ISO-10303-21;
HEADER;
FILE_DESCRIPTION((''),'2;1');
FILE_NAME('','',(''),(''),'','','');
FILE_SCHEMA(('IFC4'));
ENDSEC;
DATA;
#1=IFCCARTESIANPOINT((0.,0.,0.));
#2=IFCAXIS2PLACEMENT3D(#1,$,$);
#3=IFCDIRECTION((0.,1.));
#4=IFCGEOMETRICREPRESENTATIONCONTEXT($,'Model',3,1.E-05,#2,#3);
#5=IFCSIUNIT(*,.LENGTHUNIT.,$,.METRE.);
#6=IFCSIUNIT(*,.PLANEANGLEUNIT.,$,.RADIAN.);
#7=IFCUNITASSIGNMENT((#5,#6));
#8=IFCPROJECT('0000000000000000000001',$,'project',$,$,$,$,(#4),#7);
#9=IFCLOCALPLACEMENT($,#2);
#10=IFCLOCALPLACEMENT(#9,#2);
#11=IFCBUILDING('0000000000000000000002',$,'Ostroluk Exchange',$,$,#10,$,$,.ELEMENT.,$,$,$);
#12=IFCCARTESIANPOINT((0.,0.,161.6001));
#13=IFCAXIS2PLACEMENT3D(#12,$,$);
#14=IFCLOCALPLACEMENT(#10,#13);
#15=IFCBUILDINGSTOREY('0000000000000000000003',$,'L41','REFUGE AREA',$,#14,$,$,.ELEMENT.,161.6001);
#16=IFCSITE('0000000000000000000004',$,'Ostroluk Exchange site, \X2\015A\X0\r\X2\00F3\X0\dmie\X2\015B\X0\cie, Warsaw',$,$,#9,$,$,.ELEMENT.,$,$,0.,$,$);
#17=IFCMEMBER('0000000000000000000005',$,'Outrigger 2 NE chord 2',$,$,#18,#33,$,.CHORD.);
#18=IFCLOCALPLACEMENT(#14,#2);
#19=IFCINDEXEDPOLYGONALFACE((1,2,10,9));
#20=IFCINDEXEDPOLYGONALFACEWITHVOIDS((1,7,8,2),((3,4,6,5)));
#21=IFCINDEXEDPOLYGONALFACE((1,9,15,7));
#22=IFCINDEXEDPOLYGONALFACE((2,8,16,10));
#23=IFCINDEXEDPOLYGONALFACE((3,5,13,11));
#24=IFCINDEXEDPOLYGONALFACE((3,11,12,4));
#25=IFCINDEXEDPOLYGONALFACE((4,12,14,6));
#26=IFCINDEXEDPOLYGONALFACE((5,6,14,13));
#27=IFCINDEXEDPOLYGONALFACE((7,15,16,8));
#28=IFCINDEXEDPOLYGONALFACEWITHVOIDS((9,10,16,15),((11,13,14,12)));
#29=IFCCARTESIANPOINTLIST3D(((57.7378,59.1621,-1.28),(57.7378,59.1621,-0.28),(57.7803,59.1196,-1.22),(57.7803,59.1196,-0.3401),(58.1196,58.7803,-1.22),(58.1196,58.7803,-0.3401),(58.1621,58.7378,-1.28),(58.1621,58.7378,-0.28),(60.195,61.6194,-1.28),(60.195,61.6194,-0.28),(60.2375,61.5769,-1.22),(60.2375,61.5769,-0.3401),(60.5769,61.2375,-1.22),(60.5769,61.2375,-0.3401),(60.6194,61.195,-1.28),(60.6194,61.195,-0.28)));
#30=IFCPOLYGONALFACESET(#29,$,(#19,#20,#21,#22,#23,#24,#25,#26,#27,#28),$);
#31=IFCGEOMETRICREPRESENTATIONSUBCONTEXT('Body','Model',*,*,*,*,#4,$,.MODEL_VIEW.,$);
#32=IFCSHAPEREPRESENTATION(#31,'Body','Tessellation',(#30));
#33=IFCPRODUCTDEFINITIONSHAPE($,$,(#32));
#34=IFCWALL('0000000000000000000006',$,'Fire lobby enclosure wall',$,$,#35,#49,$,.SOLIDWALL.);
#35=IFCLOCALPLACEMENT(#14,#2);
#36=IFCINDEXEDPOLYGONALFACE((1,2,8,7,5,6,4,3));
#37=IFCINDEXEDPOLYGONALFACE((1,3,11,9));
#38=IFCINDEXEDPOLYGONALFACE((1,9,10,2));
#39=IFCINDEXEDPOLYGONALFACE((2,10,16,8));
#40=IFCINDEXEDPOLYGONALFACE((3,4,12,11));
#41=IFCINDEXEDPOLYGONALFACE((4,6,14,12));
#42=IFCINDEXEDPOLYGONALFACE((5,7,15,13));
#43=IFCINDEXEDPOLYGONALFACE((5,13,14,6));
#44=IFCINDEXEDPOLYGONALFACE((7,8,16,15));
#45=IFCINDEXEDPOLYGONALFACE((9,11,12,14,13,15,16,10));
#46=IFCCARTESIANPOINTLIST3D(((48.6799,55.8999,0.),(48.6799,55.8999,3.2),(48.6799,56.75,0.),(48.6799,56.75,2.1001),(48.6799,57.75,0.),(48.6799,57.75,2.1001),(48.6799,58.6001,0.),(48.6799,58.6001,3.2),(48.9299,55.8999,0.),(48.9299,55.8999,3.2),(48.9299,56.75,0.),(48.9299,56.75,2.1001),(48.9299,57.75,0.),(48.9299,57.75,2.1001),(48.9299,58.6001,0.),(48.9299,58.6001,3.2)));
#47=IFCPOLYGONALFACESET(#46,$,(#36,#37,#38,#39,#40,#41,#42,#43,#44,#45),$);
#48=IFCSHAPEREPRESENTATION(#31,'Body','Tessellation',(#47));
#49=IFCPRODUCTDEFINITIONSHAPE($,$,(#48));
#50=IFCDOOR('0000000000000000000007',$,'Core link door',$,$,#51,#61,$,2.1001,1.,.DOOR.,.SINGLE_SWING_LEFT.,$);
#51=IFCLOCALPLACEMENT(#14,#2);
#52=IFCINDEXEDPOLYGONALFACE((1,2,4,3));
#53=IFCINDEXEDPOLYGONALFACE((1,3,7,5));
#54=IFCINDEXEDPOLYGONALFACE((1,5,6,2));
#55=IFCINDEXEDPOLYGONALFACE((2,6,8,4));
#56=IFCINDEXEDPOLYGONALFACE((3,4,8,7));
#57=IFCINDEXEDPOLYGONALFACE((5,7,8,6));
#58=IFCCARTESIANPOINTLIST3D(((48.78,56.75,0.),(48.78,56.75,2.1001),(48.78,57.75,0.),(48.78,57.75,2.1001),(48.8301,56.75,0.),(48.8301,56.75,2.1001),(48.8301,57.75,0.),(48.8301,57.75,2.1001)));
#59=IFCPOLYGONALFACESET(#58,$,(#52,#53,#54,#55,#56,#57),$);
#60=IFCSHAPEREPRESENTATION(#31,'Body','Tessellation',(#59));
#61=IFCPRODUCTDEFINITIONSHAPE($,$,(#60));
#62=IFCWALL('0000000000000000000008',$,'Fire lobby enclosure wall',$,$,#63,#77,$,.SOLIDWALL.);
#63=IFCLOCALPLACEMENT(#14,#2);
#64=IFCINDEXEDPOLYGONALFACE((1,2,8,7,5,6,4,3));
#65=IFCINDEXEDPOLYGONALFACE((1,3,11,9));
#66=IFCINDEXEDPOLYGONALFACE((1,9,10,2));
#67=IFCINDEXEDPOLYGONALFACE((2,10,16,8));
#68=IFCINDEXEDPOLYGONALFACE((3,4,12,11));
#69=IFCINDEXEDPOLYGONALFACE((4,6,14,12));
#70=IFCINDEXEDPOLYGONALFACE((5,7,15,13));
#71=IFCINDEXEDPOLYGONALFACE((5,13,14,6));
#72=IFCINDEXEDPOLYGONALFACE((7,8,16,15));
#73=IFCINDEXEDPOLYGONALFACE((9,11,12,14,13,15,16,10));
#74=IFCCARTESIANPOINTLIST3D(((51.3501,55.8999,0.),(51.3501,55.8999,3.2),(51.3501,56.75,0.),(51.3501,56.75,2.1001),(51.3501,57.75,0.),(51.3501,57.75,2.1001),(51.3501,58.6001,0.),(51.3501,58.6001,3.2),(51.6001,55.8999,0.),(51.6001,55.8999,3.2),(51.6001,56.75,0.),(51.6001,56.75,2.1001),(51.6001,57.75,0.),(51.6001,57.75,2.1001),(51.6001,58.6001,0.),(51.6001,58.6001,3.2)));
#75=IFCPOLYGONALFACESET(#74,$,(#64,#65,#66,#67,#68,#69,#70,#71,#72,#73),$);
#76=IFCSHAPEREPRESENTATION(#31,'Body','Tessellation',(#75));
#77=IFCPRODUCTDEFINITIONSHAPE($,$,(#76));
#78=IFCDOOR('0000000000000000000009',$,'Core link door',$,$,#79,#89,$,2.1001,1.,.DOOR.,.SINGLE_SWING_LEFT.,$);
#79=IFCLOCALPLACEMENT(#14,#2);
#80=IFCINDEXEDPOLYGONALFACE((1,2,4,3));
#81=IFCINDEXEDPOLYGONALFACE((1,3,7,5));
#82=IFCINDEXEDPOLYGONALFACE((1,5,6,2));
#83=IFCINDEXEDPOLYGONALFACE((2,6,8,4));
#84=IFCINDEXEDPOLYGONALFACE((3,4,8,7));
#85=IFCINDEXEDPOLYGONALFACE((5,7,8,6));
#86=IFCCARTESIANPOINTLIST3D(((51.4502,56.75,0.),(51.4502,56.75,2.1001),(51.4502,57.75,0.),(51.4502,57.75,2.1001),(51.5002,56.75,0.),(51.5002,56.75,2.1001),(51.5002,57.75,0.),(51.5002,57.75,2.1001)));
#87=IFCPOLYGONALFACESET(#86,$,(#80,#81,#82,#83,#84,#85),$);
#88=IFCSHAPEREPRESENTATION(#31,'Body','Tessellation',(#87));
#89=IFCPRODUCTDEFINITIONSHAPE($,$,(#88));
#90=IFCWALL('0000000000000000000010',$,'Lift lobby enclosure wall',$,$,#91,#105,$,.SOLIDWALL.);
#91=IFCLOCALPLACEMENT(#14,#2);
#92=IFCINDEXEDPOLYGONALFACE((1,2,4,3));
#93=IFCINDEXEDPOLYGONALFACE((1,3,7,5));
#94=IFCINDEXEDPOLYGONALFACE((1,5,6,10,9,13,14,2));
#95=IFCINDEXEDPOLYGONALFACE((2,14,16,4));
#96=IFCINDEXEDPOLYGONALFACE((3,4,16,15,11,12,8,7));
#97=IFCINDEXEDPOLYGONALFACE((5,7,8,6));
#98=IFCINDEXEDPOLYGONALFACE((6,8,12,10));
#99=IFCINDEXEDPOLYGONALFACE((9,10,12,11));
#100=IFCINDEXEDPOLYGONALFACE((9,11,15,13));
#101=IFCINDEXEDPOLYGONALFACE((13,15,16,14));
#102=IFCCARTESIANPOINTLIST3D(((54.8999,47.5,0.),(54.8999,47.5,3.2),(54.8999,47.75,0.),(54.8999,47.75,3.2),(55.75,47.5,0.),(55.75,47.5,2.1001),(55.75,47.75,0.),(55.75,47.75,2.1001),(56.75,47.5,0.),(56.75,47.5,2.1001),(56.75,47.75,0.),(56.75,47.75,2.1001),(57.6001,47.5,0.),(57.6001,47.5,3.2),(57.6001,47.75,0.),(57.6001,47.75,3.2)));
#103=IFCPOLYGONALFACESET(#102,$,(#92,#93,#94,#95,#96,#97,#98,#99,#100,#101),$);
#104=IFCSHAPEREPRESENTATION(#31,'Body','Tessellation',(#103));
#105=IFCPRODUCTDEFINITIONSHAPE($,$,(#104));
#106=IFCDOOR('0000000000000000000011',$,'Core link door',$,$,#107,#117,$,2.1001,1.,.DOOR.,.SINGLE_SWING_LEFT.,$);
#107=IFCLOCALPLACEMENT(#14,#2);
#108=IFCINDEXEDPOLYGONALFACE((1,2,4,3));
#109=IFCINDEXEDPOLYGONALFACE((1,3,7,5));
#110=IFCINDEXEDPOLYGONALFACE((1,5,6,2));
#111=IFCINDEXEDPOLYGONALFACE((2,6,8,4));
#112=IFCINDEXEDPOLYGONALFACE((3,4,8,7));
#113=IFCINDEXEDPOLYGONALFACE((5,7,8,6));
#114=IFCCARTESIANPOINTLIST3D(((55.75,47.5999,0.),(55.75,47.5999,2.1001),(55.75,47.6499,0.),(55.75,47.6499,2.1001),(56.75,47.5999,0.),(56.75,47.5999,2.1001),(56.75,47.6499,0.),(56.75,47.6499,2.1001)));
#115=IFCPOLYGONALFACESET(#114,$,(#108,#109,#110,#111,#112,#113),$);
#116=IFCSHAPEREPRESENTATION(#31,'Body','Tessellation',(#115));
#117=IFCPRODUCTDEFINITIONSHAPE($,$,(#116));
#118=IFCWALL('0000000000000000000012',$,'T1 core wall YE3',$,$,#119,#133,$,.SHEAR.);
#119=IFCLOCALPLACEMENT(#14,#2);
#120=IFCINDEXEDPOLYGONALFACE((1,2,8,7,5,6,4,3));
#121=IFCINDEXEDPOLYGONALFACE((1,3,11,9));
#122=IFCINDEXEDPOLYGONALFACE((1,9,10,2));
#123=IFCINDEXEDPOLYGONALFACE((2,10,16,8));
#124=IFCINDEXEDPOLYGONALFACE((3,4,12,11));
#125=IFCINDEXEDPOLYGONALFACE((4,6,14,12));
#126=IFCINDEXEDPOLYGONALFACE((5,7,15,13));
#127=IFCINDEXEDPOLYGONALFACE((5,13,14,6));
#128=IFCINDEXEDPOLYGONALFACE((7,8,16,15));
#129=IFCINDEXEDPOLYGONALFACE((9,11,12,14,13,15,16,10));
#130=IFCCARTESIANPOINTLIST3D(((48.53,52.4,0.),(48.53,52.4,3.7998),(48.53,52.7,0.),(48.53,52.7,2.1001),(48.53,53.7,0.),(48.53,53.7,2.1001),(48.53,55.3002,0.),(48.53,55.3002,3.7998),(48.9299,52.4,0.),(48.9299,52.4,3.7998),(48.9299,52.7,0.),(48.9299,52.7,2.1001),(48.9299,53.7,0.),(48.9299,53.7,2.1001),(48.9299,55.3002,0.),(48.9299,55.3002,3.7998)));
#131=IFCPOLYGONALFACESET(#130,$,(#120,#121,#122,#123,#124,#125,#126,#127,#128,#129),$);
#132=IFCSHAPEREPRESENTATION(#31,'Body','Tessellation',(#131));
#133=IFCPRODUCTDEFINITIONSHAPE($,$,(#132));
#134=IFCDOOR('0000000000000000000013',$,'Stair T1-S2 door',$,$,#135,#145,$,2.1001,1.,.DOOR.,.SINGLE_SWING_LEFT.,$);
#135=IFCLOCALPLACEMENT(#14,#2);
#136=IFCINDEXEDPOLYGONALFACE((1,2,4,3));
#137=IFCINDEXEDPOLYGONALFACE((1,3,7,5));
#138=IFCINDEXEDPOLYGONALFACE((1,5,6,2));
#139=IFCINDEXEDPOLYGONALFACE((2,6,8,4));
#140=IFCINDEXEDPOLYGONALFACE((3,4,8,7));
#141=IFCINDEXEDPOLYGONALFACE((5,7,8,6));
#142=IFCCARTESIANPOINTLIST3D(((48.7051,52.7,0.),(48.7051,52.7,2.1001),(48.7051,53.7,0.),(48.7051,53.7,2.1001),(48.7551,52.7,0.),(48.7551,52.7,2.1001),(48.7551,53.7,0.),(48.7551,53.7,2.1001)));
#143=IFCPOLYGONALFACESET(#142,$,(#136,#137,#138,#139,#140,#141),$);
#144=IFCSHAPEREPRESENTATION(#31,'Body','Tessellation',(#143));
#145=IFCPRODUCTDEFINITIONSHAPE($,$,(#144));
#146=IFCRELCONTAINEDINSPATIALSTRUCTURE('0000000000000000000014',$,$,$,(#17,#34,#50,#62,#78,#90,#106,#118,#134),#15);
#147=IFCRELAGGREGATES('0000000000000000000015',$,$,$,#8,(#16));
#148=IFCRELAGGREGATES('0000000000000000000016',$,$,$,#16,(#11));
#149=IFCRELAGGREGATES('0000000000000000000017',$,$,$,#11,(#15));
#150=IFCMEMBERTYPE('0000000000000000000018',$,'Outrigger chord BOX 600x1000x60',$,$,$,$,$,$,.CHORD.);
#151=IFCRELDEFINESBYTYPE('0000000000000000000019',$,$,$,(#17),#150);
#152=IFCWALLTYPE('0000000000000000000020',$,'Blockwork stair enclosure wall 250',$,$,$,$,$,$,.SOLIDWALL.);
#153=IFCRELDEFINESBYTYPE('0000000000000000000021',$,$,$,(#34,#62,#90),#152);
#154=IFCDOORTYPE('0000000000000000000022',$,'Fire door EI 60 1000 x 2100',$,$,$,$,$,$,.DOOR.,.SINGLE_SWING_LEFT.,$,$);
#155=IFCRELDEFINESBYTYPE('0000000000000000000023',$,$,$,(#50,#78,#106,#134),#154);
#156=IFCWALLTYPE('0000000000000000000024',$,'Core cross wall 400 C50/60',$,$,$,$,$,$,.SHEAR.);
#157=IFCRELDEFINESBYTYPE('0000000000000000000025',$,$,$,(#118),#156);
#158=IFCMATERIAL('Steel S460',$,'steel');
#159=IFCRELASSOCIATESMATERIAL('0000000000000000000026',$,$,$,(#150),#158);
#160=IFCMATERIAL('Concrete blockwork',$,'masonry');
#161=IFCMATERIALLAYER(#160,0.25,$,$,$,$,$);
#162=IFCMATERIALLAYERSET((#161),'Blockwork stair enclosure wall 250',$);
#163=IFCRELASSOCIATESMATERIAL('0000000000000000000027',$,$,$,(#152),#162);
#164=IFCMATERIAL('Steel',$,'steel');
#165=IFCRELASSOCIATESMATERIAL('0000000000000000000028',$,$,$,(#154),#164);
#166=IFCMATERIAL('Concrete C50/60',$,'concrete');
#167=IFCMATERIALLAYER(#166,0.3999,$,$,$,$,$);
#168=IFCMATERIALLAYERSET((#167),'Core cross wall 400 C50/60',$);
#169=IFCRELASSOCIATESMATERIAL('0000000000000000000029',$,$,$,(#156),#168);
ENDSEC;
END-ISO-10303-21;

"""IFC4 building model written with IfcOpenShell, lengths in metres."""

from ifc_helpers import new_model, si_unit, direction, frame, frame_2d, origin, origin_2d, place, context, subcontext, project, spatial, rectangle, hollow_rectangle, extrude, material, layer, layer_set, material_profile, profile_set, type_object, element, fill, save


model = new_model("IFC4")

# Units and contexts
model_context = context("Model", 3, precision=1e-05, world=origin(), true_north=direction((0.0, 1.0)))
body_context = subcontext(model_context, "Body", "Model", "MODEL_VIEW")
ifc_project = project(units=[si_unit("LENGTHUNIT", "METRE"), si_unit("PLANEANGLEUNIT", "RADIAN")], contexts=[model_context])

# Site, building, storey
site_placement = place(None, origin())
site = spatial("IfcSite", under=ifc_project, at=site_placement, Name="Ostroluk Exchange site, Śródmieście, Warsaw", CompositionType="ELEMENT", RefElevation=0.0)
building_placement = place(site_placement, origin())
building = spatial("IfcBuilding", under=site, at=building_placement, Name="Ostroluk Exchange", CompositionType="ELEMENT")
storey_placement = place(building_placement, frame((0.0, 0.0, 161.6001)))
storey = spatial("IfcBuildingStorey", under=building, at=storey_placement, Name="L41", Description="REFUGE AREA", CompositionType="ELEMENT", Elevation=161.6001)

# Member
ifc_material_1 = material(Name="Steel S460", Category="steel")
ifc_material_profile_1 = material_profile(ifc_material_1, hollow_rectangle(XDim=0.6001, YDim=1.0, WallThickness=0.0601, at=origin_2d()), Name="BOX 600x1000x60")
ifc_profile_set_1 = profile_set([ifc_material_profile_1], Name="Steel S460")
member_type = type_object("IfcMemberType", Name="Outrigger chord BOX 600x1000x60", PredefinedType="CHORD", material=ifc_profile_set_1)
member_placement = place(storey_placement, frame((57.95, 58.95, -0.78), z_axis=(0.707107, 0.707107, 0.0), x_axis=(-0.707107, 0.707107, 0.0)))
element("IfcMember", 1, at=member_placement, inside=storey, type_object=member_type, Name="Outrigger 2 NE chord 2", PredefinedType="CHORD", context=body_context, shape_type="SweptSolid", body=[
    extrude(hollow_rectangle(XDim=0.6001, YDim=1.0, WallThickness=0.0601, at=origin_2d()), origin(), (0.0, 0.0, 1.0), 3.4751),
])

# Walls, openings, doors
ifc_material_2 = material(Name="Concrete blockwork", Category="masonry")
ifc_layer_1 = layer(ifc_material_2, 0.25)
ifc_layer_set_1 = layer_set([ifc_layer_1], Name="Blockwork stair enclosure wall 250")
wall_type_1 = type_object("IfcWallType", Name="Blockwork stair enclosure wall 250", PredefinedType="SOLIDWALL", material=ifc_layer_set_1)
wall_1_placement = place(storey_placement, frame((48.8049, 55.8999, 0.0), z_axis=(0.0, 0.0, 1.0), x_axis=(0.0, 1.0, 0.0)))
wall_1 = element("IfcWall", 2, at=wall_1_placement, inside=storey, type_object=wall_type_1, Name="Fire lobby enclosure wall", PredefinedType="SOLIDWALL", context=body_context, shape_type="SweptSolid", body=[
    extrude(rectangle(XDim=2.7002, YDim=0.25, at=frame_2d((1.3501, 0.0))), origin(), (0.0, 0.0, 1.0), 3.2),
])
opening_1_placement = place(wall_1_placement, frame((0.8501, 0.0, 0.0)))
opening_1 = element("IfcOpeningElement", 3, at=opening_1_placement, cuts=wall_1, PredefinedType="OPENING", context=body_context, shape_type="SweptSolid", body=[
    extrude(rectangle(XDim=1.0, YDim=2.1001, at=frame_2d((0.5, 1.05))), frame((0.0, 0.135, 0.0), z_axis=(0.0, -1.0, 0.0), x_axis=(1.0, 0.0, 0.0)), (0.0, 0.0, 1.0), 0.27),
])
ifc_material_3 = material(Name="Steel", Category="steel")
door_type_1 = type_object("IfcDoorType", Name="Fire door EI 60 1000 x 2100", OperationType="SINGLE_SWING_LEFT", PredefinedType="DOOR", material=ifc_material_3)
door_1_placement = place(opening_1_placement, origin())
door_1 = element("IfcDoor", 4, at=door_1_placement, inside=storey, type_object=door_type_1, Name="Core link door", OperationType="SINGLE_SWING_LEFT", OverallHeight=2.1001, OverallWidth=1.0, PredefinedType="DOOR", context=body_context, shape_type="SweptSolid", body=[
    extrude(rectangle(XDim=1.0, YDim=2.1001, at=frame_2d((0.5, 1.05))), frame((0.0, 0.0249, 0.0), z_axis=(0.0, -1.0, 0.0), x_axis=(1.0, 0.0, 0.0)), (0.0, 0.0, 1.0), 0.05),
])
fill(opening_1, door_1)
wall_2_placement = place(storey_placement, frame((51.4751, 55.8999, 0.0), z_axis=(0.0, 0.0, 1.0), x_axis=(0.0, 1.0, 0.0)))
wall_2 = element("IfcWall", 5, at=wall_2_placement, inside=storey, type_object=wall_type_1, Name="Fire lobby enclosure wall", PredefinedType="SOLIDWALL", context=body_context, shape_type="SweptSolid", body=[
    extrude(rectangle(XDim=2.7002, YDim=0.25, at=frame_2d((1.3501, 0.0))), origin(), (0.0, 0.0, 1.0), 3.2),
])
opening_2_placement = place(wall_2_placement, frame((0.8501, 0.0, 0.0)))
opening_2 = element("IfcOpeningElement", 6, at=opening_2_placement, cuts=wall_2, PredefinedType="OPENING", context=body_context, shape_type="SweptSolid", body=[
    extrude(rectangle(XDim=1.0, YDim=2.1001, at=frame_2d((0.5, 1.05))), frame((0.0, 0.135, 0.0), z_axis=(0.0, -1.0, 0.0), x_axis=(1.0, 0.0, 0.0)), (0.0, 0.0, 1.0), 0.27),
])
door_2_placement = place(opening_2_placement, origin())
door_2 = element("IfcDoor", 7, at=door_2_placement, inside=storey, type_object=door_type_1, Name="Core link door", OperationType="SINGLE_SWING_LEFT", OverallHeight=2.1001, OverallWidth=1.0, PredefinedType="DOOR", context=body_context, shape_type="SweptSolid", body=[
    extrude(rectangle(XDim=1.0, YDim=2.1001, at=frame_2d((0.5, 1.05))), frame((0.0, 0.0249, 0.0), z_axis=(0.0, -1.0, 0.0), x_axis=(1.0, 0.0, 0.0)), (0.0, 0.0, 1.0), 0.05),
])
fill(opening_2, door_2)
wall_3_placement = place(storey_placement, frame((54.8999, 47.625, 0.0), z_axis=(0.0, 0.0, 1.0), x_axis=(1.0, 0.0, 0.0)))
wall_3 = element("IfcWall", 8, at=wall_3_placement, inside=storey, type_object=wall_type_1, Name="Lift lobby enclosure wall", PredefinedType="SOLIDWALL", context=body_context, shape_type="SweptSolid", body=[
    extrude(rectangle(XDim=2.7002, YDim=0.25, at=frame_2d((1.3501, 0.0))), origin(), (0.0, 0.0, 1.0), 3.2),
])
opening_3_placement = place(wall_3_placement, frame((0.8501, 0.0, 0.0)))
opening_3 = element("IfcOpeningElement", 9, at=opening_3_placement, cuts=wall_3, PredefinedType="OPENING", context=body_context, shape_type="SweptSolid", body=[
    extrude(rectangle(XDim=1.0, YDim=2.1001, at=frame_2d((0.5, 1.05))), frame((0.0, 0.135, 0.0), z_axis=(0.0, -1.0, 0.0), x_axis=(1.0, 0.0, 0.0)), (0.0, 0.0, 1.0), 0.27),
])
door_3_placement = place(opening_3_placement, origin())
door_3 = element("IfcDoor", 10, at=door_3_placement, inside=storey, type_object=door_type_1, Name="Core link door", OperationType="SINGLE_SWING_LEFT", OverallHeight=2.1001, OverallWidth=1.0, PredefinedType="DOOR", context=body_context, shape_type="SweptSolid", body=[
    extrude(rectangle(XDim=1.0, YDim=2.1001, at=frame_2d((0.5, 1.05))), frame((0.0, 0.0249, 0.0), z_axis=(0.0, -1.0, 0.0), x_axis=(1.0, 0.0, 0.0)), (0.0, 0.0, 1.0), 0.05),
])
fill(opening_3, door_3)
ifc_material_4 = material(Name="Concrete C50/60", Category="concrete")
ifc_layer_2 = layer(ifc_material_4, 0.3999)
ifc_layer_set_2 = layer_set([ifc_layer_2], Name="Core cross wall 400 C50/60")
wall_type_2 = type_object("IfcWallType", Name="Core cross wall 400 C50/60", PredefinedType="SHEAR", material=ifc_layer_set_2)
wall_4_placement = place(storey_placement, frame((48.73, 52.3999, 0.0), z_axis=(0.0, 0.0, 1.0), x_axis=(0.0, 1.0, 0.0)))
wall_4 = element("IfcWall", 11, at=wall_4_placement, inside=storey, type_object=wall_type_2, Name="T1 core wall YE3", PredefinedType="SHEAR", context=body_context, shape_type="SweptSolid", body=[
    extrude(rectangle(XDim=2.9001, YDim=0.3999, at=frame_2d((1.4502, 0.0))), origin(), (0.0, 0.0, 1.0), 3.7998),
])
opening_4_placement = place(wall_4_placement, frame((0.3, 0.0, 0.0)))
opening_4 = element("IfcOpeningElement", 12, at=opening_4_placement, cuts=wall_4, PredefinedType="OPENING", context=body_context, shape_type="SweptSolid", body=[
    extrude(rectangle(XDim=1.0, YDim=2.1001, at=frame_2d((0.5, 1.05))), frame((0.0, 0.21, 0.0), z_axis=(0.0, -1.0, 0.0), x_axis=(1.0, 0.0, 0.0)), (0.0, 0.0, 1.0), 0.4199),
])
door_4_placement = place(opening_4_placement, origin())
door_4 = element("IfcDoor", 13, at=door_4_placement, inside=storey, type_object=door_type_1, Name="Stair T1-S2 door", OperationType="SINGLE_SWING_LEFT", OverallHeight=2.1001, OverallWidth=1.0, PredefinedType="DOOR", context=body_context, shape_type="SweptSolid", body=[
    extrude(rectangle(XDim=1.0, YDim=2.1001, at=frame_2d((0.5, 1.05))), frame((0.0, 0.0249, 0.0), z_axis=(0.0, -1.0, 0.0), x_axis=(1.0, 0.0, 0.0)), (0.0, 0.0, 1.0), 0.05),
])
fill(opening_4, door_4)

save(model, "model.ifc")
